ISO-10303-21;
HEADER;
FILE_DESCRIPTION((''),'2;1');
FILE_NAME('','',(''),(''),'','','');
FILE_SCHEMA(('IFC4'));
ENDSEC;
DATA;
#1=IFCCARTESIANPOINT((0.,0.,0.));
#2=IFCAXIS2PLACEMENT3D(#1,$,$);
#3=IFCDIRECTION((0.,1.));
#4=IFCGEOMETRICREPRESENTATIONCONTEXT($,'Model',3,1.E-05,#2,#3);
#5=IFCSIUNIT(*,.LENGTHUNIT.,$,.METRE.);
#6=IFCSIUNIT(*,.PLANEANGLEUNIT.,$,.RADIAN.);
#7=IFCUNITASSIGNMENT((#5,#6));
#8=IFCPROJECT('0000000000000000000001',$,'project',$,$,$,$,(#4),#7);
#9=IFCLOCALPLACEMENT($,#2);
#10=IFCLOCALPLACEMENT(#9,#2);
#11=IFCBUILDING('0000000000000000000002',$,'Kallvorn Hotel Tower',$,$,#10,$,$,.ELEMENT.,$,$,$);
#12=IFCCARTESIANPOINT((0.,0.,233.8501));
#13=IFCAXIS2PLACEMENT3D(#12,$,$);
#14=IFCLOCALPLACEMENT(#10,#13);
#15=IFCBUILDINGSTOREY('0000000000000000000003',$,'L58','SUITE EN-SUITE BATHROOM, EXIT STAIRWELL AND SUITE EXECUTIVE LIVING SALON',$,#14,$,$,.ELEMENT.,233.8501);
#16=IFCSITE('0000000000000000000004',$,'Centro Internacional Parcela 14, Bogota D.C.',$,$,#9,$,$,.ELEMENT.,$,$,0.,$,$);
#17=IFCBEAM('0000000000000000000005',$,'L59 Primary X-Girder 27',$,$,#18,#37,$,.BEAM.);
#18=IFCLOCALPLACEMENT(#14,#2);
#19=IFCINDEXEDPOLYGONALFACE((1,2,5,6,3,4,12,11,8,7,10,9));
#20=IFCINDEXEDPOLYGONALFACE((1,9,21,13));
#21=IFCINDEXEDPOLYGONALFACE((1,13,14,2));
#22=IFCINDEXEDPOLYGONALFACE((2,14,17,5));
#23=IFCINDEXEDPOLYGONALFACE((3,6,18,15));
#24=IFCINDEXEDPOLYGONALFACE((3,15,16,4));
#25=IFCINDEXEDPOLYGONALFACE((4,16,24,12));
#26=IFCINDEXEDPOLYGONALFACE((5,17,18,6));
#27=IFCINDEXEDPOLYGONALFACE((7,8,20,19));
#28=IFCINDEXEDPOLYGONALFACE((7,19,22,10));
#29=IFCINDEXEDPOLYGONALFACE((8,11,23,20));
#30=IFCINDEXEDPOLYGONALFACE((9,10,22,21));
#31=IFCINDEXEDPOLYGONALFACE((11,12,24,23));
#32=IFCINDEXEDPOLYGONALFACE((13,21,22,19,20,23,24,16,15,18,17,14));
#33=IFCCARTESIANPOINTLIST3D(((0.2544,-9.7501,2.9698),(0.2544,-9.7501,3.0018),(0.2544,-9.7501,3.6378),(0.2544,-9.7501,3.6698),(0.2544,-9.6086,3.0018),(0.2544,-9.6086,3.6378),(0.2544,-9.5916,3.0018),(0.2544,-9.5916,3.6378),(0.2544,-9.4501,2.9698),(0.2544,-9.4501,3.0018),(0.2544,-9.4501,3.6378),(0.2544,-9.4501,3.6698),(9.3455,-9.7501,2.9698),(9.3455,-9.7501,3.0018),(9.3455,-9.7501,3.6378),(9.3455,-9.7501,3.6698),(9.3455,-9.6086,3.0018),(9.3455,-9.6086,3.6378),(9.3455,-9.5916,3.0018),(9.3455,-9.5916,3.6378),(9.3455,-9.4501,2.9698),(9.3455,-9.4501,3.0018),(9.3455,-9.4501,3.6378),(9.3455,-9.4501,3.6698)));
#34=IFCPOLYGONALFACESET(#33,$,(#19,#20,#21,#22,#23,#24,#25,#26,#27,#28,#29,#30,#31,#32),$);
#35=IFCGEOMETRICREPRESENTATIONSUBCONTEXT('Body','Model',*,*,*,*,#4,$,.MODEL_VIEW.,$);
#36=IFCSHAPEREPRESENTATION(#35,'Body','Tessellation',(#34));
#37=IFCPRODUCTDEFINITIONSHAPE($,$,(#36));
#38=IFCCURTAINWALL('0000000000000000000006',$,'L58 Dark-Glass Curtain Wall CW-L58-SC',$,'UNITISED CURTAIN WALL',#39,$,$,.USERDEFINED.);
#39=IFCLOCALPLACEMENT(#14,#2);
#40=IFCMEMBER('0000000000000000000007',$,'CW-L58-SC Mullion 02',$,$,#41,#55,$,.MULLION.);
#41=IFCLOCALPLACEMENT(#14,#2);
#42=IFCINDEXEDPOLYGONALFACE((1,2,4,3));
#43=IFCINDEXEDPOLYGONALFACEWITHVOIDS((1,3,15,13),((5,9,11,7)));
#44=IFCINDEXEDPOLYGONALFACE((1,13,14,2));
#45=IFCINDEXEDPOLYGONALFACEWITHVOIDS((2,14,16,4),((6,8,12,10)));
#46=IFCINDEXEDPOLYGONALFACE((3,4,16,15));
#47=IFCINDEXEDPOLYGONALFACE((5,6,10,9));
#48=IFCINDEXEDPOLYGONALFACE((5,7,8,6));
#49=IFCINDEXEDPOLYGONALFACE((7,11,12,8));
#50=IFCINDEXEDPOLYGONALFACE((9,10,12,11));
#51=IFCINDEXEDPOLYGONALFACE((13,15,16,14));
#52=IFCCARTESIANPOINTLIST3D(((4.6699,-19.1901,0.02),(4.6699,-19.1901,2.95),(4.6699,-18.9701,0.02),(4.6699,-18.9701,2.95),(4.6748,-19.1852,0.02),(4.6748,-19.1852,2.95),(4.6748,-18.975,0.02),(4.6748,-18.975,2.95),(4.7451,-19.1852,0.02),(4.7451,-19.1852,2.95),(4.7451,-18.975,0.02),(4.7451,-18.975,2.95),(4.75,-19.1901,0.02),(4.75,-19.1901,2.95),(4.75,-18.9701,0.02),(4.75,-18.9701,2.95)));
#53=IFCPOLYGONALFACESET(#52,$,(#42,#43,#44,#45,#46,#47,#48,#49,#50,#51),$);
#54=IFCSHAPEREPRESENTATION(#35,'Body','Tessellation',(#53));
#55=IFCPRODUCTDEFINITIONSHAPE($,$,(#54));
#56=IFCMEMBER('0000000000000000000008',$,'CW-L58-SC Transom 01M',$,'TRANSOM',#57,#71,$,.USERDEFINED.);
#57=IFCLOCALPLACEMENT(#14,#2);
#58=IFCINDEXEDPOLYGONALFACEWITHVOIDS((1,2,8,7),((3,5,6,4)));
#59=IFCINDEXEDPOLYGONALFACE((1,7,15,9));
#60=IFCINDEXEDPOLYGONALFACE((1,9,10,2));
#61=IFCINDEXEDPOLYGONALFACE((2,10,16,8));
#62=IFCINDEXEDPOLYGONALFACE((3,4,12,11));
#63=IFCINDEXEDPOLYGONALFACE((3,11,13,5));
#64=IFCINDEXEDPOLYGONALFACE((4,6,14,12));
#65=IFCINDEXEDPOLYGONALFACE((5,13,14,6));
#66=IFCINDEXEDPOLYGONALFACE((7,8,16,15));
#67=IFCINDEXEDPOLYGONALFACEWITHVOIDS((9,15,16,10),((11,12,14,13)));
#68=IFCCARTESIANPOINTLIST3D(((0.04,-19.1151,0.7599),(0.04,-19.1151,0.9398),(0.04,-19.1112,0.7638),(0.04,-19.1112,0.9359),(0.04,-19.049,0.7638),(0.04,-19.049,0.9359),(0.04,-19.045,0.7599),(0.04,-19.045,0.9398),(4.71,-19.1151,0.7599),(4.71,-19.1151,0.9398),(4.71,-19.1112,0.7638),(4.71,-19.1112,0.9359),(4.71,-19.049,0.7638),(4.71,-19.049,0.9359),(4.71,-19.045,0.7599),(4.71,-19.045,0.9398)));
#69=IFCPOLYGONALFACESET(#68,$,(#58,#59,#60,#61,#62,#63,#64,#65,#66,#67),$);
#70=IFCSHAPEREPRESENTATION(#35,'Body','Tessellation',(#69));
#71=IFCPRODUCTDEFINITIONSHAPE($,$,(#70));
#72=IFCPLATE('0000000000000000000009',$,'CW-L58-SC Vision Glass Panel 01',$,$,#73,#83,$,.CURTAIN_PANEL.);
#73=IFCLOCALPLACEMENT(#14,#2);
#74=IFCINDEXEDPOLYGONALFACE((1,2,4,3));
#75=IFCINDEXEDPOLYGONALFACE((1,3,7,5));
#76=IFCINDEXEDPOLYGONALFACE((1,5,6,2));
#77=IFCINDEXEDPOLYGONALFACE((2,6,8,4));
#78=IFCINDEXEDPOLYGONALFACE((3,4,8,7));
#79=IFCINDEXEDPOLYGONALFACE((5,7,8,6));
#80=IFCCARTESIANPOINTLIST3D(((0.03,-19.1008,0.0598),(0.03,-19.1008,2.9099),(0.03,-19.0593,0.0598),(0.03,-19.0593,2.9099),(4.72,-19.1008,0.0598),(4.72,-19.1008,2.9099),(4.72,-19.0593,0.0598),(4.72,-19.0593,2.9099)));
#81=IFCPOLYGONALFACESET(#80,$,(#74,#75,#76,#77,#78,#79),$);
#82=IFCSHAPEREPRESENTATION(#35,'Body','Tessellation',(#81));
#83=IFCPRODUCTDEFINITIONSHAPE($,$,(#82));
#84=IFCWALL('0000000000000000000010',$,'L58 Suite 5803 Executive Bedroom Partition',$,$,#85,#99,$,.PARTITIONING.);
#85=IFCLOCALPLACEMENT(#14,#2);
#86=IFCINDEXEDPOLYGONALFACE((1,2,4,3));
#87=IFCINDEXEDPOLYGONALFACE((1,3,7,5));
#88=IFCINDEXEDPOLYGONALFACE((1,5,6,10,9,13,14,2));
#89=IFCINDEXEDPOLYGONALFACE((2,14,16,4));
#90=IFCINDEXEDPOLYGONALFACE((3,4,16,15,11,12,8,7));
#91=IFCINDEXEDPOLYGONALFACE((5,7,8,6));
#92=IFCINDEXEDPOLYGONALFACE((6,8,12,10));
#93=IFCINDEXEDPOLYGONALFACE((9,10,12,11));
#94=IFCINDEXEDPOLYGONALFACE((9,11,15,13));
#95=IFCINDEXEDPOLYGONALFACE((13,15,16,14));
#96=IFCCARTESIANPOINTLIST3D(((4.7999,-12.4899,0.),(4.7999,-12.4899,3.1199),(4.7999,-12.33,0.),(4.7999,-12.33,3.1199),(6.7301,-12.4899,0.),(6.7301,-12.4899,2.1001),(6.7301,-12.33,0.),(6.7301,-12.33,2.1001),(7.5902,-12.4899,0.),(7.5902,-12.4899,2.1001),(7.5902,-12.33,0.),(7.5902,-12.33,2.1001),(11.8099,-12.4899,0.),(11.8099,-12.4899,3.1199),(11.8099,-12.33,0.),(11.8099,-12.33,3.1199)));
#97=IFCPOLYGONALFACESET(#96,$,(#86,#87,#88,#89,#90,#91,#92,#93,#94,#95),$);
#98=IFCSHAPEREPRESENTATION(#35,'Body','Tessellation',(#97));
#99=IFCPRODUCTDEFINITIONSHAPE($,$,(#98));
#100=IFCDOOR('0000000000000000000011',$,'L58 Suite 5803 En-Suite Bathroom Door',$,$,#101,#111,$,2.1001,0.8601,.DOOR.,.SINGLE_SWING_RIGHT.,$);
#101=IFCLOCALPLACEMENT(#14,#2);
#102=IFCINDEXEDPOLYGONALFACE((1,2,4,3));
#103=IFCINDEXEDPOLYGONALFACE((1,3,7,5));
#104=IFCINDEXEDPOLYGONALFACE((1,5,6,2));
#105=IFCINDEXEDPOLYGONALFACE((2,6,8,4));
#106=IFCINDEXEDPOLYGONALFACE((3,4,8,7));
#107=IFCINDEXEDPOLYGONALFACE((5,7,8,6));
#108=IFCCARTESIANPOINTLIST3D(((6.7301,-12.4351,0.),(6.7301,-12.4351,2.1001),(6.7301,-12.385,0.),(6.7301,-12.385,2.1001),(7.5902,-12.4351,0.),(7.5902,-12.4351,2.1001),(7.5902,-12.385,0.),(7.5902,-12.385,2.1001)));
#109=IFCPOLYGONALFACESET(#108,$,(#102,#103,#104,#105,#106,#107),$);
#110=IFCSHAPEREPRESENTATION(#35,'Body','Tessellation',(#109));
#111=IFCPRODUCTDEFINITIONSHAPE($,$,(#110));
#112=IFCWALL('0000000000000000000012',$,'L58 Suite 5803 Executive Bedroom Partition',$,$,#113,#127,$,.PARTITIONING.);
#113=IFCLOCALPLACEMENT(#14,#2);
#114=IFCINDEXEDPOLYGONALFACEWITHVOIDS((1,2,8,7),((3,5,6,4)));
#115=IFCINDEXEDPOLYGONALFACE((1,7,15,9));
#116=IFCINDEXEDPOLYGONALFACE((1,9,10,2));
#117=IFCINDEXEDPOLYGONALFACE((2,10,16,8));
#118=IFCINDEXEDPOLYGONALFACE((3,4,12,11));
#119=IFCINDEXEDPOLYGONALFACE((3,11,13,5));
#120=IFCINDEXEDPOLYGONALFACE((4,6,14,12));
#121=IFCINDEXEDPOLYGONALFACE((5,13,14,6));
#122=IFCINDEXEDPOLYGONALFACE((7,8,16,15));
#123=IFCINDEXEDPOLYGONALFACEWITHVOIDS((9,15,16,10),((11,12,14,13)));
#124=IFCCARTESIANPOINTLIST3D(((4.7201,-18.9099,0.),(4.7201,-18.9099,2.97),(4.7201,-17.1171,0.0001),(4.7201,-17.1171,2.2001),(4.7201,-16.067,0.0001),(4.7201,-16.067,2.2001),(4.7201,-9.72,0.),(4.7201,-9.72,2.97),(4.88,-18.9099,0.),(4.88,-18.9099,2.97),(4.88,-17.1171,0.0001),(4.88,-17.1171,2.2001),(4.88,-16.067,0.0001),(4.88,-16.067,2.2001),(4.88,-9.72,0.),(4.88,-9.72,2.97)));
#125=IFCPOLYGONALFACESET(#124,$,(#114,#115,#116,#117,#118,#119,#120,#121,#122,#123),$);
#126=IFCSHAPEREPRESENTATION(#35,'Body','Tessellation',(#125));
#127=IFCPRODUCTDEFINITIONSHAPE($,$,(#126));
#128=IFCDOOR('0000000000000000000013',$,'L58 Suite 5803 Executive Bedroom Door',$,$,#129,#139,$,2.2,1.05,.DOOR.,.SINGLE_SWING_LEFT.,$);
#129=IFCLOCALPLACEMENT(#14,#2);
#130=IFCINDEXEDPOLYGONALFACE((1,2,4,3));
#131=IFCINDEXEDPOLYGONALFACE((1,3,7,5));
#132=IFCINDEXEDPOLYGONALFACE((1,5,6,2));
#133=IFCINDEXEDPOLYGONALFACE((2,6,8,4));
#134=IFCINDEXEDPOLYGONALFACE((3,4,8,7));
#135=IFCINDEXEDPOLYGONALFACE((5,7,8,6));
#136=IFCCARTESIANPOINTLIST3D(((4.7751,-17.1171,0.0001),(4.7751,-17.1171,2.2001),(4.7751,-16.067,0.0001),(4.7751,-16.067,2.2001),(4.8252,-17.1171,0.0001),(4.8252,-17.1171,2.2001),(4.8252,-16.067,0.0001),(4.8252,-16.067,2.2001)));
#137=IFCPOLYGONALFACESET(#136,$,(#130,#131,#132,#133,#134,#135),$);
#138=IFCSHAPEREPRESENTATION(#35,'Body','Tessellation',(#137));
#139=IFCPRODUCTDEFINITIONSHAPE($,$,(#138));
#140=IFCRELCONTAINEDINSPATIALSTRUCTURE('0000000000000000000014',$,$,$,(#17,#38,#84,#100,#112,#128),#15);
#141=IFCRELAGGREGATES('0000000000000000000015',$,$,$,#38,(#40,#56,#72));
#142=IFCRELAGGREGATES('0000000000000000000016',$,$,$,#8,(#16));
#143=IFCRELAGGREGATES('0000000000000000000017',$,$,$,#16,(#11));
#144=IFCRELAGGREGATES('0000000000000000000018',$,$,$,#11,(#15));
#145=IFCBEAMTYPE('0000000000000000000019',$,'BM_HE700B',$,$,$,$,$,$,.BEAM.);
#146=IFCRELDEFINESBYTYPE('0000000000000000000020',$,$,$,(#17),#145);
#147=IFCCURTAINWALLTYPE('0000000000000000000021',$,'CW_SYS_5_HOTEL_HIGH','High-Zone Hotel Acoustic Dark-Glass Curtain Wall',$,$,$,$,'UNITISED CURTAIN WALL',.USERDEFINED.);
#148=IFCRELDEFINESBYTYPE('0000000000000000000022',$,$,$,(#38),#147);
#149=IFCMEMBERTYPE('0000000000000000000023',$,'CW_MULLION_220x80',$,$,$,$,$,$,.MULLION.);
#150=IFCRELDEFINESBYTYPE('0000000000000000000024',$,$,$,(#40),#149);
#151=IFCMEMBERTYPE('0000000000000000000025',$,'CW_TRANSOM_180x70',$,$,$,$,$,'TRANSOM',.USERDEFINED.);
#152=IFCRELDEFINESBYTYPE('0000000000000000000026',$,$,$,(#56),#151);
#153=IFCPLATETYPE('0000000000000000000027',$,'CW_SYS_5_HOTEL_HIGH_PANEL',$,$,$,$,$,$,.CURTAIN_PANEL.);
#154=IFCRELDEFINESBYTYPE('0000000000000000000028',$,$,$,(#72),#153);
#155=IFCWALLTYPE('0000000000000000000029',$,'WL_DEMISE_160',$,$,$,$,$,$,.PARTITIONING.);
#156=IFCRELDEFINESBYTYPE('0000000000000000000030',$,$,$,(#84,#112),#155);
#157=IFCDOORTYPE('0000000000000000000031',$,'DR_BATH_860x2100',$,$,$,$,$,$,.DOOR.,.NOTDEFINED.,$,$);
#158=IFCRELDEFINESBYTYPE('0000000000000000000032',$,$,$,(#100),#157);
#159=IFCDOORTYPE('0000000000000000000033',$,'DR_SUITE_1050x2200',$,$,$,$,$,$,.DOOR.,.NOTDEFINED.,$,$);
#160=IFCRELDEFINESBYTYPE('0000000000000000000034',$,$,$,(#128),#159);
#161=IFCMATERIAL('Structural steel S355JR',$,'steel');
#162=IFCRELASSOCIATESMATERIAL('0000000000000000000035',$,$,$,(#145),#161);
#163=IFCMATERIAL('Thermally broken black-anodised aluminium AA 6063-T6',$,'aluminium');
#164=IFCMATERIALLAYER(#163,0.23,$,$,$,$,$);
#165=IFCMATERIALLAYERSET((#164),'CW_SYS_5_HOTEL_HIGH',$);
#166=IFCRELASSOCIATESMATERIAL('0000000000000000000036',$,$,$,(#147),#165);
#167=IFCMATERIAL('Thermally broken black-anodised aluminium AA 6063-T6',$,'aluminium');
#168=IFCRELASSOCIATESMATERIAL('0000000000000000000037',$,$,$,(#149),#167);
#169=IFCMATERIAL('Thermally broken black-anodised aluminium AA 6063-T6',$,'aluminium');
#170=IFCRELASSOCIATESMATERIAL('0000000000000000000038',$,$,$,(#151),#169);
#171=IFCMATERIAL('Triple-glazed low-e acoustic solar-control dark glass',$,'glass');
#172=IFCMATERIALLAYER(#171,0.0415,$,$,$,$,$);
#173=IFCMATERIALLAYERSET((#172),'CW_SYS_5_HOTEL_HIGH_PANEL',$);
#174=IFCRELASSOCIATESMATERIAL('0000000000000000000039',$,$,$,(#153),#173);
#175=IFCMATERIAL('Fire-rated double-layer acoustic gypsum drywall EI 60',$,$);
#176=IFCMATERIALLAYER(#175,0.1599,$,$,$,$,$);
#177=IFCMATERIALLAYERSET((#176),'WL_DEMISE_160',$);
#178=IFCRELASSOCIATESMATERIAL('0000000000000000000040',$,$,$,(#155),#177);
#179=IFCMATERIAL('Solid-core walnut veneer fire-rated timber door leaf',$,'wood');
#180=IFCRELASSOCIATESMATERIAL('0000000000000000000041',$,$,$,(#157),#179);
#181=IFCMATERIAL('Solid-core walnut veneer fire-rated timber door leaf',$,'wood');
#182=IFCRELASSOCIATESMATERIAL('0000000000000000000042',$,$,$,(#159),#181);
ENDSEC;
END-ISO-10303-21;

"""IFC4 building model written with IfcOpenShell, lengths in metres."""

from ifc_helpers import new_model, si_unit, direction, frame, frame_2d, origin, origin_2d, place, context, subcontext, project, spatial, rectangle, hollow_rectangle, i_section, extrude, material, layer, layer_set, material_profile, profile_set, type_object, element, fill, aggregate, save


model = new_model("IFC4")

# Units and contexts
model_context = context("Model", 3, precision=1e-05, world=origin(), true_north=direction((0.0, 1.0)))
body_context = subcontext(model_context, "Body", "Model", "MODEL_VIEW")
ifc_project = project(units=[si_unit("LENGTHUNIT", "METRE"), si_unit("PLANEANGLEUNIT", "RADIAN")], contexts=[model_context])

# Site, building, storey
site_placement = place(None, origin())
site = spatial("IfcSite", under=ifc_project, at=site_placement, Name="Centro Internacional Parcela 14, Bogota D.C.", CompositionType="ELEMENT", RefElevation=0.0)
building_placement = place(site_placement, origin())
building = spatial("IfcBuilding", under=site, at=building_placement, Name="Kallvorn Hotel Tower", CompositionType="ELEMENT")
storey_placement = place(building_placement, frame((0.0, 0.0, 233.8501)))
storey = spatial("IfcBuildingStorey", under=building, at=storey_placement, Name="L58", Description="SUITE EN-SUITE BATHROOM, EXIT STAIRWELL AND SUITE EXECUTIVE LIVING SALON", CompositionType="ELEMENT", Elevation=233.8501)

# Beam
ifc_material_1 = material(Name="Structural steel S355JR", Category="steel")
ifc_material_profile_1 = material_profile(ifc_material_1, i_section(OverallWidth=0.3, OverallDepth=0.7, WebThickness=0.0171, FlangeThickness=0.032, at=origin_2d()), Name="HE 700 B")
ifc_profile_set_1 = profile_set([ifc_material_profile_1], Name="Structural steel S355JR")
beam_type_1 = type_object("IfcBeamType", Name="BM_HE700B", PredefinedType="BEAM", material=ifc_profile_set_1)
beam_1_placement = place(storey_placement, frame((0.2544, -9.6001, 3.3198), z_axis=(1.0, 0.0, 0.0), x_axis=(0.0, 1.0, 0.0)))
element("IfcBeam", 1, at=beam_1_placement, inside=storey, type_object=beam_type_1, Name="L59 Primary X-Girder 27", PredefinedType="BEAM", context=body_context, shape_type="SweptSolid", body=[
    extrude(i_section(OverallWidth=0.3, OverallDepth=0.7, WebThickness=0.0171, FlangeThickness=0.032, at=origin_2d()), origin(), (0.0, 0.0, 1.0), 9.0911),
])

# Curtain wall, members, plate
ifc_material_2 = material(Name="Thermally broken black-anodised aluminium AA 6063-T6", Category="aluminium")
ifc_layer_1 = layer(ifc_material_2, 0.23)
ifc_layer_set_1 = layer_set([ifc_layer_1], Name="CW_SYS_5_HOTEL_HIGH")
curtain_wall_type = type_object("IfcCurtainWallType", Name="CW_SYS_5_HOTEL_HIGH", Description="High-Zone Hotel Acoustic Dark-Glass Curtain Wall", ElementType="UNITISED CURTAIN WALL", PredefinedType="USERDEFINED", material=ifc_layer_set_1)
curtain_wall_placement = place(storey_placement, origin())
curtain_wall = element("IfcCurtainWall", 2, at=curtain_wall_placement, inside=storey, type_object=curtain_wall_type, Name="L58 Dark-Glass Curtain Wall CW-L58-SC", ObjectType="UNITISED CURTAIN WALL", PredefinedType="USERDEFINED")
ifc_material_3 = material(Name="Thermally broken black-anodised aluminium AA 6063-T6", Category="aluminium")
ifc_material_profile_2 = material_profile(ifc_material_3, hollow_rectangle(XDim=0.0801, YDim=0.22, WallThickness=0.0049, at=origin_2d()), Name="MUL 220x80")
ifc_profile_set_2 = profile_set([ifc_material_profile_2], Name="Thermally broken black-anodised aluminium AA 6063-T6")
member_type_1 = type_object("IfcMemberType", Name="CW_MULLION_220x80", PredefinedType="MULLION", material=ifc_profile_set_2)
member_1_placement = place(storey_placement, frame((4.71, -19.0801, 0.02), z_axis=(0.0, 0.0, 1.0), x_axis=(1.0, 0.0, 0.0)))
member_1 = element("IfcMember", 3, at=member_1_placement, type_object=member_type_1, Name="CW-L58-SC Mullion 02", PredefinedType="MULLION", context=body_context, shape_type="SweptSolid", body=[
    extrude(hollow_rectangle(XDim=0.0801, YDim=0.22, WallThickness=0.0049, at=origin_2d()), origin(), (0.0, 0.0, 1.0), 2.9299),
])
ifc_material_4 = material(Name="Thermally broken black-anodised aluminium AA 6063-T6", Category="aluminium")
ifc_material_profile_3 = material_profile(ifc_material_4, hollow_rectangle(XDim=0.0701, YDim=0.1799, WallThickness=0.0039, at=origin_2d()), Name="TRN 180x70")
ifc_profile_set_3 = profile_set([ifc_material_profile_3], Name="Thermally broken black-anodised aluminium AA 6063-T6")
member_type_2 = type_object("IfcMemberType", Name="CW_TRANSOM_180x70", ElementType="TRANSOM", PredefinedType="USERDEFINED", material=ifc_profile_set_3)
member_2_placement = place(storey_placement, frame((0.04, -19.0801, 0.8499), z_axis=(1.0, 0.0, 0.0), x_axis=(0.0, 1.0, 0.0)))
member_2 = element("IfcMember", 4, at=member_2_placement, type_object=member_type_2, Name="CW-L58-SC Transom 01M", ObjectType="TRANSOM", PredefinedType="USERDEFINED", context=body_context, shape_type="SweptSolid", body=[
    extrude(hollow_rectangle(XDim=0.0701, YDim=0.1799, WallThickness=0.0039, at=origin_2d()), origin(), (0.0, 0.0, 1.0), 4.6699),
])
ifc_material_5 = material(Name="Triple-glazed low-e acoustic solar-control dark glass", Category="glass")
ifc_layer_2 = layer(ifc_material_5, 0.0415)
ifc_layer_set_2 = layer_set([ifc_layer_2], Name="CW_SYS_5_HOTEL_HIGH_PANEL")
plate_type = type_object("IfcPlateType", Name="CW_SYS_5_HOTEL_HIGH_PANEL", PredefinedType="CURTAIN_PANEL", material=ifc_layer_set_2)
plate_placement = place(storey_placement, frame((2.375, -19.0801, 0.0598), z_axis=(0.0, 0.0, 1.0), x_axis=(1.0, 0.0, 0.0)))
plate = element("IfcPlate", 5, at=plate_placement, type_object=plate_type, Name="CW-L58-SC Vision Glass Panel 01", PredefinedType="CURTAIN_PANEL", context=body_context, shape_type="SweptSolid", body=[
    extrude(rectangle(XDim=4.6899, YDim=0.0415, at=origin_2d()), origin(), (0.0, 0.0, 1.0), 2.8501),
])
aggregate(curtain_wall, [member_1, member_2, plate])

# Walls, openings, doors
ifc_material_6 = material(Name="Fire-rated double-layer acoustic gypsum drywall EI 60")
ifc_layer_3 = layer(ifc_material_6, 0.1599)
ifc_layer_set_3 = layer_set([ifc_layer_3], Name="WL_DEMISE_160")
wall_type_1 = type_object("IfcWallType", Name="WL_DEMISE_160", PredefinedType="PARTITIONING", material=ifc_layer_set_3)
wall_1_placement = place(storey_placement, frame((4.8, -12.4099, 0.0), z_axis=(0.0, 0.0, 1.0), x_axis=(1.0, 0.0, 0.0)))
wall_1 = element("IfcWall", 6, at=wall_1_placement, inside=storey, type_object=wall_type_1, Name="L58 Suite 5803 Executive Bedroom Partition", PredefinedType="PARTITIONING", context=body_context, shape_type="SweptSolid", body=[
    extrude(rectangle(XDim=7.01, YDim=0.1599, at=frame_2d((3.5049, 0.0))), origin(), (0.0, 0.0, 1.0), 3.1199),
])
opening_1_placement = place(wall_1_placement, frame((1.9299, 0.0, 0.0)))
opening_1 = element("IfcOpeningElement", 7, at=opening_1_placement, cuts=wall_1, PredefinedType="OPENING", context=body_context, shape_type="SweptSolid", body=[
    extrude(rectangle(XDim=0.8601, YDim=2.1001, at=frame_2d((0.4302, 1.05))), frame((0.0, 0.095, 0.0), z_axis=(0.0, -1.0, 0.0), x_axis=(1.0, 0.0, 0.0)), (0.0, 0.0, 1.0), 0.1899),
])
ifc_material_7 = material(Name="Solid-core walnut veneer fire-rated timber door leaf", Category="wood")
door_type_1 = type_object("IfcDoorType", Name="DR_BATH_860x2100", OperationType="NOTDEFINED", PredefinedType="DOOR", material=ifc_material_7)
door_1_placement = place(opening_1_placement, origin())
door_1 = element("IfcDoor", 8, at=door_1_placement, inside=storey, type_object=door_type_1, Name="L58 Suite 5803 En-Suite Bathroom Door", OperationType="SINGLE_SWING_RIGHT", OverallHeight=2.1001, OverallWidth=0.8601, PredefinedType="DOOR", context=body_context, shape_type="SweptSolid", body=[
    extrude(rectangle(XDim=0.8601, YDim=2.1001, at=frame_2d((0.4302, 1.05))), frame((0.0, 0.0249, 0.0), z_axis=(0.0, -1.0, 0.0), x_axis=(1.0, 0.0, 0.0)), (0.0, 0.0, 1.0), 0.05),
])
fill(opening_1, door_1)
wall_2_placement = place(storey_placement, frame((4.8, -18.9099, 0.0), z_axis=(0.0, 0.0, 1.0), x_axis=(0.0, 1.0, 0.0)))
wall_2 = element("IfcWall", 9, at=wall_2_placement, inside=storey, type_object=wall_type_1, Name="L58 Suite 5803 Executive Bedroom Partition", PredefinedType="PARTITIONING", context=body_context, shape_type="SweptSolid", body=[
    extrude(rectangle(XDim=9.1899, YDim=0.1599, at=frame_2d((4.595, 0.0))), origin(), (0.0, 0.0, 1.0), 2.97),
])
opening_2_placement = place(wall_2_placement, frame((1.793, 0.0, 0.0)))
opening_2 = element("IfcOpeningElement", 10, at=opening_2_placement, cuts=wall_2, PredefinedType="OPENING", context=body_context, shape_type="SweptSolid", body=[
    extrude(rectangle(XDim=1.05, YDim=2.2, at=frame_2d((0.5249, 1.1001))), frame((0.0, 0.095, 0.0), z_axis=(0.0, -1.0, 0.0), x_axis=(1.0, 0.0, 0.0)), (0.0, 0.0, 1.0), 0.1899),
])
ifc_material_8 = material(Name="Solid-core walnut veneer fire-rated timber door leaf", Category="wood")
door_type_2 = type_object("IfcDoorType", Name="DR_SUITE_1050x2200", OperationType="NOTDEFINED", PredefinedType="DOOR", material=ifc_material_8)
door_2_placement = place(opening_2_placement, origin())
door_2 = element("IfcDoor", 11, at=door_2_placement, inside=storey, type_object=door_type_2, Name="L58 Suite 5803 Executive Bedroom Door", OperationType="SINGLE_SWING_LEFT", OverallHeight=2.2, OverallWidth=1.05, PredefinedType="DOOR", context=body_context, shape_type="SweptSolid", body=[
    extrude(rectangle(XDim=1.05, YDim=2.2, at=frame_2d((0.5249, 1.1001))), frame((0.0, 0.0249, 0.0), z_axis=(0.0, -1.0, 0.0), x_axis=(1.0, 0.0, 0.0)), (0.0, 0.0, 1.0), 0.05),
])
fill(opening_2, door_2)

save(model, "model.ifc")
